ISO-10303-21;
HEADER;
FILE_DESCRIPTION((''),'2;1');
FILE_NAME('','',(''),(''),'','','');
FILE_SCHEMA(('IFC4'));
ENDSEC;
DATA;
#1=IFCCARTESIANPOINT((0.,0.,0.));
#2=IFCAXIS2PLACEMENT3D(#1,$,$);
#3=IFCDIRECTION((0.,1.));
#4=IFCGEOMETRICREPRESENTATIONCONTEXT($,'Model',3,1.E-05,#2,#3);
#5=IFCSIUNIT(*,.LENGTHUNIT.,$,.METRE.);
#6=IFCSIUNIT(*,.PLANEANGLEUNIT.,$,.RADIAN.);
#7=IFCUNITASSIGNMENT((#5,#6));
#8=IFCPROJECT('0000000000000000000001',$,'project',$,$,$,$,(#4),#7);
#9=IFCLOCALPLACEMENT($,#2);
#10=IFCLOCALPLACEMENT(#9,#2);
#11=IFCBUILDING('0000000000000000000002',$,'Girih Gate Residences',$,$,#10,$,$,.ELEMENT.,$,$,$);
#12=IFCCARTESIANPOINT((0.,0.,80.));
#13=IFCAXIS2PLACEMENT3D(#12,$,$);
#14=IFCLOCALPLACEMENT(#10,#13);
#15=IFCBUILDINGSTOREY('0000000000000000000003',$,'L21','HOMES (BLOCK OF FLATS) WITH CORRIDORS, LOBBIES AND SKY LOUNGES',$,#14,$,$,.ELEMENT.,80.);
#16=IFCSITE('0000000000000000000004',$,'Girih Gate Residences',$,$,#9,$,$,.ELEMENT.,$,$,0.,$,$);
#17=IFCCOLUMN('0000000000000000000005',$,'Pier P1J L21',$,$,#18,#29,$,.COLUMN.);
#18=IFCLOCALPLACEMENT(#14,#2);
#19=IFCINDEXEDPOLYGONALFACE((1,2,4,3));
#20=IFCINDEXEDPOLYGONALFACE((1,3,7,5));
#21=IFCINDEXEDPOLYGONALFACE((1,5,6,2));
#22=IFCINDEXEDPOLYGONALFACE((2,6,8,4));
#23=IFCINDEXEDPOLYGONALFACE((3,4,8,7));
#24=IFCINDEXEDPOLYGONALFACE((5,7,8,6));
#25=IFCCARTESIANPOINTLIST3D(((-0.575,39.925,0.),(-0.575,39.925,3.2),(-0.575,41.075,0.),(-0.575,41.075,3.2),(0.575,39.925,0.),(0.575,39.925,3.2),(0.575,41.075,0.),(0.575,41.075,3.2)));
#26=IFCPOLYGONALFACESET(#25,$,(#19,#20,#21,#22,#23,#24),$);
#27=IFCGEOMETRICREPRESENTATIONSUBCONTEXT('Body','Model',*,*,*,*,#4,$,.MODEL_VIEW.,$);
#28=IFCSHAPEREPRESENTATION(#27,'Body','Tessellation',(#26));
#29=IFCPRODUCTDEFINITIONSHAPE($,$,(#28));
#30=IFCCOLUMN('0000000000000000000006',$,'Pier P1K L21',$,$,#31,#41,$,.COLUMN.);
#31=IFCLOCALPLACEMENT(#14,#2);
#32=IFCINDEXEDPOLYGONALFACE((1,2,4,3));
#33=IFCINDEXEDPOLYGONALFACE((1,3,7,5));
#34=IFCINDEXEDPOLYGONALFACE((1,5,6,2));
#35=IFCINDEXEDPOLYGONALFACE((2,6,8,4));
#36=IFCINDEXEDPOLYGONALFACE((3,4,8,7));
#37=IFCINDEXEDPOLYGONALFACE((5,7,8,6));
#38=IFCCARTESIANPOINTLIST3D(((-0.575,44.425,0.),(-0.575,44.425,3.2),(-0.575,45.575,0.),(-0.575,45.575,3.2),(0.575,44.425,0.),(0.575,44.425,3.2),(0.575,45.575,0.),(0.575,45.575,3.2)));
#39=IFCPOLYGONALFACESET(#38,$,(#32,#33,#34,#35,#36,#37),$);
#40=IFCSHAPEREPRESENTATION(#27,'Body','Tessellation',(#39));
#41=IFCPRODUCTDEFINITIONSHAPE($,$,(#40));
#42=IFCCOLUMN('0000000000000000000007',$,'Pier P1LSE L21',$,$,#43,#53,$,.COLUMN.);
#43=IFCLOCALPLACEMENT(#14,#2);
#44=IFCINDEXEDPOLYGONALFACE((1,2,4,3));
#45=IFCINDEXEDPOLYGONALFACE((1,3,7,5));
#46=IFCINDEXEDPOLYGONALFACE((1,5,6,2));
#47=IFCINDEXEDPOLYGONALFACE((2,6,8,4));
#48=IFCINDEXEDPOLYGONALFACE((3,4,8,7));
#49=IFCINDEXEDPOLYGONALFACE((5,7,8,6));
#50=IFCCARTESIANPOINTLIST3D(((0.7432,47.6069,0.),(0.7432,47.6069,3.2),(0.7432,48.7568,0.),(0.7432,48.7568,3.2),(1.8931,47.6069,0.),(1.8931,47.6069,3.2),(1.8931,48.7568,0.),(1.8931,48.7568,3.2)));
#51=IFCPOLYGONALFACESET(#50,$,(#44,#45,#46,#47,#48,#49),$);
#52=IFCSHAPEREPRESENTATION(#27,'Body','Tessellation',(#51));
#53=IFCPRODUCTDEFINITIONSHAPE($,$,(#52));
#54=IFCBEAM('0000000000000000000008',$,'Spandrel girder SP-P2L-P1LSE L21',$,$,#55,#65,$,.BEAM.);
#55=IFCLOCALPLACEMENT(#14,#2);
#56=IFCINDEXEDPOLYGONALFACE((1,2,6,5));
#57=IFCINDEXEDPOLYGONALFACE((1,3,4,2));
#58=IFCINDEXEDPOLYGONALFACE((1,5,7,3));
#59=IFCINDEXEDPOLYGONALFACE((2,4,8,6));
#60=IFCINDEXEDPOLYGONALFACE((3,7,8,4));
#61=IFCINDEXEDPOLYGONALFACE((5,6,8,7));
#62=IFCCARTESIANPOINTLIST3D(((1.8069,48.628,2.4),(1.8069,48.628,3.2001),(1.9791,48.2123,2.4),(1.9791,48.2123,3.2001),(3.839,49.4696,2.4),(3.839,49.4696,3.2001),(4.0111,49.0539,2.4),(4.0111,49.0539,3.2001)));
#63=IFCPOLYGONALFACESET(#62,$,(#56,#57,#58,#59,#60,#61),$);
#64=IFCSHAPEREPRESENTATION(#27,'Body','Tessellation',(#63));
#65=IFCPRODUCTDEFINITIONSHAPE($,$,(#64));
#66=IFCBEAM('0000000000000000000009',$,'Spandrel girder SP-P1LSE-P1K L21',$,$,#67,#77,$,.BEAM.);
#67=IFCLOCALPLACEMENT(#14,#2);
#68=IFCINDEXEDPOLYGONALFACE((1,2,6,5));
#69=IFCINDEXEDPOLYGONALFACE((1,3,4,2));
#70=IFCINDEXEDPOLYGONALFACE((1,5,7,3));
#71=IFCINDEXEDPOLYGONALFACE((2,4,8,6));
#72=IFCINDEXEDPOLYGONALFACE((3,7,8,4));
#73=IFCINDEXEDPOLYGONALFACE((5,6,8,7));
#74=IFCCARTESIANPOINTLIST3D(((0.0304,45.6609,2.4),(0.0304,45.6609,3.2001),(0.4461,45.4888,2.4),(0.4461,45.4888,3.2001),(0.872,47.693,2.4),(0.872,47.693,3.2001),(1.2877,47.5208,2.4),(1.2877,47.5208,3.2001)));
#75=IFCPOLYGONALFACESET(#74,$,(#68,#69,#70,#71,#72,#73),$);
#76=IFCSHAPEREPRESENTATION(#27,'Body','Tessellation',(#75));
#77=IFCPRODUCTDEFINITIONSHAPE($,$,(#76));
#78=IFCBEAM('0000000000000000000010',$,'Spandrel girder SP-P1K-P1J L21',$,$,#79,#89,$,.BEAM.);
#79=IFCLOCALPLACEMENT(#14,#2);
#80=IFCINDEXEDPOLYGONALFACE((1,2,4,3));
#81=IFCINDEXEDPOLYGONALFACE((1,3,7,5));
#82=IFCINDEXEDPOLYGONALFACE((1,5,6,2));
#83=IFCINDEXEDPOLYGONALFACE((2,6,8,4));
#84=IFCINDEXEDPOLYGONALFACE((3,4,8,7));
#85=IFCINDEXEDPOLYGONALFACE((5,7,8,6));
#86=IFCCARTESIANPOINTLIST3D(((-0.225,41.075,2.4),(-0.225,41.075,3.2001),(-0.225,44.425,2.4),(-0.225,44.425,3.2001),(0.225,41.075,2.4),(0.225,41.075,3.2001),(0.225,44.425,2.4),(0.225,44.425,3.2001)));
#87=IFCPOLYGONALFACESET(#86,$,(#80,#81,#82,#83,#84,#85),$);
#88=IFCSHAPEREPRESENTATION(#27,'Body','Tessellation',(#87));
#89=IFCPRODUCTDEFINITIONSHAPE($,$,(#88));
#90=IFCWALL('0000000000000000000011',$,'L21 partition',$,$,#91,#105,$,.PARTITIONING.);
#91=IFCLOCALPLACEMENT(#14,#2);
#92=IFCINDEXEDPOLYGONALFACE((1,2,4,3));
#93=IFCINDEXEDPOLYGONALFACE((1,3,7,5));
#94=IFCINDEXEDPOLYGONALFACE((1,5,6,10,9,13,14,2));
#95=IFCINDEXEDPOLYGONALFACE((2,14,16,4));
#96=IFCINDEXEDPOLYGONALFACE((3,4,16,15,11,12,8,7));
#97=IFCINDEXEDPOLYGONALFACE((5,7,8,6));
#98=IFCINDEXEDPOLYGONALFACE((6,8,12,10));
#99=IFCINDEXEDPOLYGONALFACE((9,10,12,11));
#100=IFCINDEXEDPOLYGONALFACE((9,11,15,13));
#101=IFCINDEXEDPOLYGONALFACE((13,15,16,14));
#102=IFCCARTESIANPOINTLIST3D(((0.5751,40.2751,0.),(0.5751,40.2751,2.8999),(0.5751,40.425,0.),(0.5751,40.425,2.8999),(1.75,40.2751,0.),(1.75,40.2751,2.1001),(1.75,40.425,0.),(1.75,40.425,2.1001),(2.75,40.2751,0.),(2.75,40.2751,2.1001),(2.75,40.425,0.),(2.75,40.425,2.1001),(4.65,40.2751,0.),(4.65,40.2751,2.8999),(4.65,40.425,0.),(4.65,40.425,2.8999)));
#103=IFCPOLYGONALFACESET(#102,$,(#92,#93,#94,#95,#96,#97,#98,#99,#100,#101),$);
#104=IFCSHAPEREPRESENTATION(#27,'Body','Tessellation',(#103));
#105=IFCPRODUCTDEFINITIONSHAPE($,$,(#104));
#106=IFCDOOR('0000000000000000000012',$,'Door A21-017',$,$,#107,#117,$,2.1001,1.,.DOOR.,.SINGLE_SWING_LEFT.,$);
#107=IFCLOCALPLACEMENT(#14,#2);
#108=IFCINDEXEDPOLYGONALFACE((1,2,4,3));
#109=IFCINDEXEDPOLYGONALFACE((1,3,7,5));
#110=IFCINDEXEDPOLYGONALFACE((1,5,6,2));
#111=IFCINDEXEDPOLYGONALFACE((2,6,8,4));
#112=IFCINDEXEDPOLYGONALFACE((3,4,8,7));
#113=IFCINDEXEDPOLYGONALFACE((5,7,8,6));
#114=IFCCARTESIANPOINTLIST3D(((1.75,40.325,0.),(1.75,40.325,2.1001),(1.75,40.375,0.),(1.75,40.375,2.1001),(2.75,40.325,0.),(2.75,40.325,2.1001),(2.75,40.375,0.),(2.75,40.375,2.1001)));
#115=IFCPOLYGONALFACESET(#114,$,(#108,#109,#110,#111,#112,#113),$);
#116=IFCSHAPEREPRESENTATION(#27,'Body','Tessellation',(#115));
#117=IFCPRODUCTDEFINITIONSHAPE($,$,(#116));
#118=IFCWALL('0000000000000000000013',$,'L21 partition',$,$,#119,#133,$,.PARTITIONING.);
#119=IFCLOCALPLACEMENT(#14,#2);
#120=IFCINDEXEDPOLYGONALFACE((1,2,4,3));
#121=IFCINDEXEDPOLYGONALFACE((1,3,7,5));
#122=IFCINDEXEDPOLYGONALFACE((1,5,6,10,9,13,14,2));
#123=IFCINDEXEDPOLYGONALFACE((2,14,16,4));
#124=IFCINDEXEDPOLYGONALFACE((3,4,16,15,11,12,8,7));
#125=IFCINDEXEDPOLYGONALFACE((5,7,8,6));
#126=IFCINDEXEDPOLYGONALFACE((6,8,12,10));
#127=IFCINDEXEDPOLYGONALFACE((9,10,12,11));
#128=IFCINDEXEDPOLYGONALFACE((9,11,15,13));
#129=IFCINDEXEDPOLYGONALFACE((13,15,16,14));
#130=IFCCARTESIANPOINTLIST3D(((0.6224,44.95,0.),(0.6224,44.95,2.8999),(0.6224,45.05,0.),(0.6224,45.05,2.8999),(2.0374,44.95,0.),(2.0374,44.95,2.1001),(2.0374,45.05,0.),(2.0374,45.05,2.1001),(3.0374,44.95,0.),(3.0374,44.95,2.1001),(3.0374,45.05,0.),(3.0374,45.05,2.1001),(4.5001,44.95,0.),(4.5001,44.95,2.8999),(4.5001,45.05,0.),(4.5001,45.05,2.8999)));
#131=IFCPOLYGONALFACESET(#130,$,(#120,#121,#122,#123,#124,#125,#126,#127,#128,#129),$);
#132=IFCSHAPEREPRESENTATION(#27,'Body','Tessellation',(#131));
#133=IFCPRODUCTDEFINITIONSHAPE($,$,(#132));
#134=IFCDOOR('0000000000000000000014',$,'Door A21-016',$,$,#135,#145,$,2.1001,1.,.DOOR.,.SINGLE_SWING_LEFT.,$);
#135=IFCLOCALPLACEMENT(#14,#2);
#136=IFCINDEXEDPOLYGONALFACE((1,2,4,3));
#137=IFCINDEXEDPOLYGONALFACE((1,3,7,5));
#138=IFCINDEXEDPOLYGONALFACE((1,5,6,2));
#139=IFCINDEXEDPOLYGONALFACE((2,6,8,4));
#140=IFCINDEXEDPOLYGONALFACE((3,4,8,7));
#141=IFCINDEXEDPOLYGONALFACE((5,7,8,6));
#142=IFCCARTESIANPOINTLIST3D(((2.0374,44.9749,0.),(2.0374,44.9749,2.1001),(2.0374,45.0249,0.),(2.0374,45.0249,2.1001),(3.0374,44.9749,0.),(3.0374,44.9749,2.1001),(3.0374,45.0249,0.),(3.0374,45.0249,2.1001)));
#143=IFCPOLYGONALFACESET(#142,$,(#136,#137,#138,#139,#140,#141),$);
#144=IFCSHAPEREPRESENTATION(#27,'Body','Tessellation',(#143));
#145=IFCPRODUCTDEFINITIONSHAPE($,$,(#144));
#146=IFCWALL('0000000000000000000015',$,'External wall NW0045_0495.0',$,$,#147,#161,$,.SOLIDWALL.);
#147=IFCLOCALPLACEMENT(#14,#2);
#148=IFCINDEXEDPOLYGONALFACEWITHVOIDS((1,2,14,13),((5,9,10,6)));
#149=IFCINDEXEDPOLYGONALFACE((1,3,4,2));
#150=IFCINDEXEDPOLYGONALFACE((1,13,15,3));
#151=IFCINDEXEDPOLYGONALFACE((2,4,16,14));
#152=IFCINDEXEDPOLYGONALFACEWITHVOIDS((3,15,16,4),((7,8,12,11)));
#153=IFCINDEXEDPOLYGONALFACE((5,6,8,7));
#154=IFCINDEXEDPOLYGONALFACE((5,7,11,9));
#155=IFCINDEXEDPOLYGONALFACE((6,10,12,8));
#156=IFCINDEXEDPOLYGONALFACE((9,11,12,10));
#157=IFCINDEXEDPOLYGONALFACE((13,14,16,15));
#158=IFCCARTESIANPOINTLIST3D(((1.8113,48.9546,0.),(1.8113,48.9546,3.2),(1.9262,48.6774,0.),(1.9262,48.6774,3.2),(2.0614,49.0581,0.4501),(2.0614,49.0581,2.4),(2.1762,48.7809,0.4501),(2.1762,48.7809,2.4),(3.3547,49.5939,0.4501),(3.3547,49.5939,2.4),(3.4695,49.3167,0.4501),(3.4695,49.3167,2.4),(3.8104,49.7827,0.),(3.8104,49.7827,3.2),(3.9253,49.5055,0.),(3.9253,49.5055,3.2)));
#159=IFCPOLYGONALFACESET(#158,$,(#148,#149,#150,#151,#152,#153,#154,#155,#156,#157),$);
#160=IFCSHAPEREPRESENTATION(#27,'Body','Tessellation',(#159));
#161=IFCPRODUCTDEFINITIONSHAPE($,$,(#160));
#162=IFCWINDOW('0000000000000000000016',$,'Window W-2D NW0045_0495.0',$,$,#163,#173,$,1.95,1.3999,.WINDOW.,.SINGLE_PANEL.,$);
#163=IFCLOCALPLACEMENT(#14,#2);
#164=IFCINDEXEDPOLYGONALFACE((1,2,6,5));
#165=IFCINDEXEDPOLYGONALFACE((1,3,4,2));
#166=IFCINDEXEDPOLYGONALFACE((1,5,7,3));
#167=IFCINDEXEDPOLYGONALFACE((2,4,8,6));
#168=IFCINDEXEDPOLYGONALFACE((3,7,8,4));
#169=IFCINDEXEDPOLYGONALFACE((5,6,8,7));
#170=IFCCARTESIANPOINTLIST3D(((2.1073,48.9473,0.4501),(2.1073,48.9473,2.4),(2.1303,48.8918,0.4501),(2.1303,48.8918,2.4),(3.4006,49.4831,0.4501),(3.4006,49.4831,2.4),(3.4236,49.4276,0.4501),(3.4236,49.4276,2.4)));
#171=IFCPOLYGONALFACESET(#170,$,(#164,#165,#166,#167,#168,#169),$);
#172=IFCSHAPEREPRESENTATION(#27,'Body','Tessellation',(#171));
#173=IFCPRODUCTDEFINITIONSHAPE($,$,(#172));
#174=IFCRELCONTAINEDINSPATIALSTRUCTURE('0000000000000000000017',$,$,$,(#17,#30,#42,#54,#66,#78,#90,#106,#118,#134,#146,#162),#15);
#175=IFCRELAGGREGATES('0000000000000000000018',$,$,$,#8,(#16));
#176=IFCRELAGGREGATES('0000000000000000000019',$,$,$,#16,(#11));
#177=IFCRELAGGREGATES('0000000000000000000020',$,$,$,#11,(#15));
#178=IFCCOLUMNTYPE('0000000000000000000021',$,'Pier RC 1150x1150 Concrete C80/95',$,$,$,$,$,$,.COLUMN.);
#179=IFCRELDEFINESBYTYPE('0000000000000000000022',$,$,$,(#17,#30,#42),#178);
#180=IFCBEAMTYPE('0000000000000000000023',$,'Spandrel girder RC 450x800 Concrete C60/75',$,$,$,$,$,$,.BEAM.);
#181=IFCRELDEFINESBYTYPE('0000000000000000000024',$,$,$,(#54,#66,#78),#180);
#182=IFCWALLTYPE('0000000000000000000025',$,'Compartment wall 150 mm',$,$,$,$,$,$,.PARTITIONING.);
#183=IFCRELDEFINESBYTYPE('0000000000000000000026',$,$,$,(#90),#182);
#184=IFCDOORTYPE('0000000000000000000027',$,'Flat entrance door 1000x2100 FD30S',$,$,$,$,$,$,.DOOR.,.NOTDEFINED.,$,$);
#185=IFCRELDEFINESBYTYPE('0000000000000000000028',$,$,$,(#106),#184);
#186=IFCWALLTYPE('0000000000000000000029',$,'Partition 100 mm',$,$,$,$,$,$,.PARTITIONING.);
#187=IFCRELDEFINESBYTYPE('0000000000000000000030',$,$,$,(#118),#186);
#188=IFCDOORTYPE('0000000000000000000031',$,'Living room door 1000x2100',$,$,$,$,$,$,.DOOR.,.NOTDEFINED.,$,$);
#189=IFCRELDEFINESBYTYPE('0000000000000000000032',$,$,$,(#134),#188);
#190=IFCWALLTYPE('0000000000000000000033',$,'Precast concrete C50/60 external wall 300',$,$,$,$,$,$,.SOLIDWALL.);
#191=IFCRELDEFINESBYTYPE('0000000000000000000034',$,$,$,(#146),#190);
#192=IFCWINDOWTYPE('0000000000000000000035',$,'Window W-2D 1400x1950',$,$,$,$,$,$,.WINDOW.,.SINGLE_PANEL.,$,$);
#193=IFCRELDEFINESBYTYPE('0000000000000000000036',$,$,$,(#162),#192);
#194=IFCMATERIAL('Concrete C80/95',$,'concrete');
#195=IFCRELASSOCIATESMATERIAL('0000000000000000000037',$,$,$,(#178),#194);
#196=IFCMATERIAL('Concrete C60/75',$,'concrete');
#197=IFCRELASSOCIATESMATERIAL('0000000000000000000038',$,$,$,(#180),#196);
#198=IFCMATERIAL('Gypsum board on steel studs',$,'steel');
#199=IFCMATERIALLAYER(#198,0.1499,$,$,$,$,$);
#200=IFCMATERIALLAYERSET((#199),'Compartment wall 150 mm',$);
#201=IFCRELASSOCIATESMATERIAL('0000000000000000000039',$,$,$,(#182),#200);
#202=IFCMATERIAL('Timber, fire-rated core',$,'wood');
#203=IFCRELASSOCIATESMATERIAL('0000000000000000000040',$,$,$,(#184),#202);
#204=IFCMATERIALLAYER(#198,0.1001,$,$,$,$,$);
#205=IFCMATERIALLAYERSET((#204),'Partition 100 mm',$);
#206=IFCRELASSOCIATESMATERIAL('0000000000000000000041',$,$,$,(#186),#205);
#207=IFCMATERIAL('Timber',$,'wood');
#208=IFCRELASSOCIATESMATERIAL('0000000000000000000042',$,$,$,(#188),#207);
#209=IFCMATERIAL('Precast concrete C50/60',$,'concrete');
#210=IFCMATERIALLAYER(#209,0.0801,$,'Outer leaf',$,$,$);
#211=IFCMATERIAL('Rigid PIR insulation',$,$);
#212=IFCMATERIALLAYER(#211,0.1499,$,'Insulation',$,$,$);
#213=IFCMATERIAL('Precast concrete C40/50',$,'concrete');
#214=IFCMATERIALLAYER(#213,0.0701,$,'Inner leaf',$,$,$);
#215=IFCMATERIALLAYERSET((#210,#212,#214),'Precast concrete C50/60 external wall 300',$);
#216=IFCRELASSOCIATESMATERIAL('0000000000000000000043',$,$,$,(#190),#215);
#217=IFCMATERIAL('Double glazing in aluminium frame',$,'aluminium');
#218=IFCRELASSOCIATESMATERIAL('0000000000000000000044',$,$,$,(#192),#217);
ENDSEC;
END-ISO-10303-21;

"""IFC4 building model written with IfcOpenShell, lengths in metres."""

from ifc_helpers import new_model, si_unit, direction, frame, frame_2d, origin, origin_2d, place, context, subcontext, project, spatial, rectangle, extrude, material, layer, layer_set, material_profile, profile_set, type_object, element, fill, save


model = new_model("IFC4")

# Units and contexts
model_context = context("Model", 3, precision=1e-05, world=origin(), true_north=direction((0.0, 1.0)))
body_context = subcontext(model_context, "Body", "Model", "MODEL_VIEW")
ifc_project = project(units=[si_unit("LENGTHUNIT", "METRE"), si_unit("PLANEANGLEUNIT", "RADIAN")], contexts=[model_context])

# Site, building, storey
site_placement = place(None, origin())
site = spatial("IfcSite", under=ifc_project, at=site_placement, Name="Girih Gate Residences", CompositionType="ELEMENT", RefElevation=0.0)
building_placement = place(site_placement, origin())
building = spatial("IfcBuilding", under=site, at=building_placement, Name="Girih Gate Residences", CompositionType="ELEMENT")
storey_placement = place(building_placement, frame((0.0, 0.0, 80.0)))
storey = spatial("IfcBuildingStorey", under=building, at=storey_placement, Name="L21", Description="HOMES (BLOCK OF FLATS) WITH CORRIDORS, LOBBIES AND SKY LOUNGES", CompositionType="ELEMENT", Elevation=80.0)

# Columns
ifc_material_1 = material(Name="Concrete C80/95", Category="concrete")
ifc_material_profile_1 = material_profile(ifc_material_1, rectangle(XDim=1.1499, YDim=1.1499, at=origin_2d()))
ifc_profile_set_1 = profile_set([ifc_material_profile_1], Name="Concrete C80/95")
column_type = type_object("IfcColumnType", Name="Pier RC 1150x1150 Concrete C80/95", PredefinedType="COLUMN", material=ifc_profile_set_1)
for number, where, z_axis, x_axis, name in (
    (1, (0.0, 40.5, 0.0), (0.0, 0.0, 1.0), (1.0, 0.0, 0.0), "Pier P1J L21"),
    (2, (0.0, 45.0, 0.0), (0.0, 0.0, 1.0), (1.0, 0.0, 0.0), "Pier P1K L21"),
    (3, (1.3181, 48.1819, 0.0), (0.0, 0.0, 1.0), (1.0, 0.0, 0.0), "Pier P1LSE L21"),
):
    element("IfcColumn", number, at=place(storey_placement, frame(where, z_axis=z_axis, x_axis=x_axis)), inside=storey, type_object=column_type, Name=name, PredefinedType="COLUMN", context=body_context, shape_type="SweptSolid", body=[
        extrude(rectangle(XDim=1.1499, YDim=1.1499, at=origin_2d()), origin(), (0.0, 0.0, 1.0), 3.2),
    ])

# Beams
ifc_material_2 = material(Name="Concrete C60/75", Category="concrete")
ifc_material_profile_2 = material_profile(ifc_material_2, rectangle(XDim=0.45, YDim=0.8, at=origin_2d()))
ifc_profile_set_2 = profile_set([ifc_material_profile_2], Name="Concrete C60/75")
beam_type = type_object("IfcBeamType", Name="Spandrel girder RC 450x800 Concrete C60/75", PredefinedType="BEAM", material=ifc_profile_set_2)
for number, where, z_axis, x_axis, name in (
    (4, (3.925, 49.2617, 2.8), (-0.923899, -0.382636, 0.0), (0.382636, -0.923899, 0.0), "Spandrel girder SP-P2L-P1LSE L21"),
    (5, (1.0798, 47.6069, 2.8), (-0.382636, -0.923899, 0.0), (0.923899, -0.382636, 0.0), "Spandrel girder SP-P1LSE-P1K L21"),
):
    element("IfcBeam", number, at=place(storey_placement, frame(where, z_axis=z_axis, x_axis=x_axis)), inside=storey, type_object=beam_type, Name=name, PredefinedType="BEAM", context=body_context, shape_type="SweptSolid", body=[
        extrude(rectangle(XDim=0.45, YDim=0.8, at=origin_2d()), origin(), (0.0, 0.0, 1.0), 2.1995),
    ])
beam_placement = place(storey_placement, frame((0.0, 44.425, 2.8), z_axis=(0.0, -1.0, 0.0), x_axis=(1.0, 0.0, 0.0)))
element("IfcBeam", 6, at=beam_placement, inside=storey, type_object=beam_type, Name="Spandrel girder SP-P1K-P1J L21", PredefinedType="BEAM", context=body_context, shape_type="SweptSolid", body=[
    extrude(rectangle(XDim=0.45, YDim=0.8, at=origin_2d()), origin(), (0.0, 0.0, 1.0), 3.3501),
])

# Walls, openings, doors
ifc_material_3 = material(Name="Gypsum board on steel studs", Category="steel")
ifc_layer_1 = layer(ifc_material_3, 0.1499)
ifc_layer_set_1 = layer_set([ifc_layer_1], Name="Compartment wall 150 mm")
wall_type_1 = type_object("IfcWallType", Name="Compartment wall 150 mm", PredefinedType="PARTITIONING", material=ifc_layer_set_1)
wall_1_placement = place(storey_placement, frame((0.575, 40.3501, 0.0), z_axis=(0.0, 0.0, 1.0), x_axis=(1.0, 0.0, 0.0)))
wall_1 = element("IfcWall", 7, at=wall_1_placement, inside=storey, type_object=wall_type_1, Name="L21 partition", PredefinedType="PARTITIONING", context=body_context, shape_type="SweptSolid", body=[
    extrude(rectangle(XDim=4.075, YDim=0.1499, at=frame_2d((2.0376, 0.0))), origin(), (0.0, 0.0, 1.0), 2.8999),
])
opening_1_placement = place(wall_1_placement, frame((1.175, 0.0, 0.0)))
opening_1 = element("IfcOpeningElement", 8, at=opening_1_placement, cuts=wall_1, PredefinedType="OPENING", context=body_context, shape_type="SweptSolid", body=[
    extrude(rectangle(XDim=1.0, YDim=2.1001, at=frame_2d((0.5, 1.05))), frame((0.0, 0.085, 0.0), z_axis=(0.0, -1.0, 0.0), x_axis=(1.0, 0.0, 0.0)), (0.0, 0.0, 1.0), 0.1699),
])
ifc_material_4 = material(Name="Timber, fire-rated core", Category="wood")
door_type_1 = type_object("IfcDoorType", Name="Flat entrance door 1000x2100 FD30S", OperationType="NOTDEFINED", PredefinedType="DOOR", material=ifc_material_4)
door_1_placement = place(opening_1_placement, origin())
door_1 = element("IfcDoor", 9, at=door_1_placement, inside=storey, type_object=door_type_1, Name="Door A21-017", OperationType="SINGLE_SWING_LEFT", OverallHeight=2.1001, OverallWidth=1.0, PredefinedType="DOOR", context=body_context, shape_type="SweptSolid", body=[
    extrude(rectangle(XDim=1.0, YDim=2.1001, at=frame_2d((0.5, 1.05))), frame((0.0, 0.0249, 0.0), z_axis=(0.0, -1.0, 0.0), x_axis=(1.0, 0.0, 0.0)), (0.0, 0.0, 1.0), 0.05),
])
fill(opening_1, door_1)
ifc_layer_2 = layer(ifc_material_3, 0.1001)
ifc_layer_set_2 = layer_set([ifc_layer_2], Name="Partition 100 mm")
wall_type_2 = type_object("IfcWallType", Name="Partition 100 mm", PredefinedType="PARTITIONING", material=ifc_layer_set_2)
wall_2_placement = place(storey_placement, frame((0.6223, 45.0, 0.0), z_axis=(0.0, 0.0, 1.0), x_axis=(1.0, 0.0, 0.0)))
wall_2 = element("IfcWall", 10, at=wall_2_placement, inside=storey, type_object=wall_type_2, Name="L21 partition", PredefinedType="PARTITIONING", context=body_context, shape_type="SweptSolid", body=[
    extrude(rectangle(XDim=3.8777, YDim=0.1001, at=frame_2d((1.939, 0.0))), origin(), (0.0, 0.0, 1.0), 2.8999),
])
opening_2_placement = place(wall_2_placement, frame((1.415, 0.0, 0.0)))
opening_2 = element("IfcOpeningElement", 11, at=opening_2_placement, cuts=wall_2, PredefinedType="OPENING", context=body_context, shape_type="SweptSolid", body=[
    extrude(rectangle(XDim=1.0, YDim=2.1001, at=frame_2d((0.5, 1.05))), frame((0.0, 0.0601, 0.0), z_axis=(0.0, -1.0, 0.0), x_axis=(1.0, 0.0, 0.0)), (0.0, 0.0, 1.0), 0.1201),
])
ifc_material_5 = material(Name="Timber", Category="wood")
door_type_2 = type_object("IfcDoorType", Name="Living room door 1000x2100", OperationType="NOTDEFINED", PredefinedType="DOOR", material=ifc_material_5)
door_2_placement = place(opening_2_placement, origin())
door_2 = element("IfcDoor", 12, at=door_2_placement, inside=storey, type_object=door_type_2, Name="Door A21-016", OperationType="SINGLE_SWING_LEFT", OverallHeight=2.1001, OverallWidth=1.0, PredefinedType="DOOR", context=body_context, shape_type="SweptSolid", body=[
    extrude(rectangle(XDim=1.0, YDim=2.1001, at=frame_2d((0.5, 1.05))), frame((0.0, 0.0249, 0.0), z_axis=(0.0, -1.0, 0.0), x_axis=(1.0, 0.0, 0.0)), (0.0, 0.0, 1.0), 0.05),
])
fill(opening_2, door_2)

# Wall, opening, window
ifc_material_6 = material(Name="Precast concrete C50/60", Category="concrete")
ifc_layer_3 = layer(ifc_material_6, 0.0801, Name="Outer leaf")
ifc_material_7 = material(Name="Rigid PIR insulation")
ifc_layer_4 = layer(ifc_material_7, 0.1499, Name="Insulation")
ifc_material_8 = material(Name="Precast concrete C40/50", Category="concrete")
ifc_layer_5 = layer(ifc_material_8, 0.0701, Name="Inner leaf")
ifc_layer_set_3 = layer_set([ifc_layer_3, ifc_layer_4, ifc_layer_5], Name="Precast concrete C50/60 external wall 300")
wall_type_3 = type_object("IfcWallType", Name="Precast concrete C50/60 external wall 300", PredefinedType="SOLIDWALL", material=ifc_layer_set_3)
wall_3_placement = place(storey_placement, frame((1.8687, 48.8159, 0.0), z_axis=(0.0, 0.0, 1.0), x_axis=(0.923863, 0.382724, 0.0)))
wall_3 = element("IfcWall", 13, at=wall_3_placement, inside=storey, type_object=wall_type_3, Name="External wall NW0045_0495.0", PredefinedType="SOLIDWALL", context=body_context, shape_type="SweptSolid", body=[
    extrude(rectangle(XDim=2.1638, YDim=0.3, at=frame_2d((1.082, 0.0))), origin(), (0.0, 0.0, 1.0), 3.2),
])
opening_3_placement = place(wall_3_placement, frame((0.2708, 0.0, 0.45)))
opening_3 = element("IfcOpeningElement", 14, at=opening_3_placement, cuts=wall_3, PredefinedType="OPENING", context=body_context, shape_type="SweptSolid", body=[
    extrude(rectangle(XDim=1.3999, YDim=1.95, at=frame_2d((0.7, 0.9751))), frame((0.0, 0.1599, 0.0), z_axis=(0.0, -1.0, 0.0), x_axis=(1.0, 0.0, 0.0)), (0.0, 0.0, 1.0), 0.3201),
])
ifc_material_9 = material(Name="Double glazing in aluminium frame", Category="aluminium")
window_type_1 = type_object("IfcWindowType", Name="Window W-2D 1400x1950", PartitioningType="SINGLE_PANEL", PredefinedType="WINDOW", material=ifc_material_9)
window_1_placement = place(opening_3_placement, origin())
window_1 = element("IfcWindow", 15, at=window_1_placement, inside=storey, type_object=window_type_1, Name="Window W-2D NW0045_0495.0", OverallHeight=1.95, OverallWidth=1.3999, PartitioningType="SINGLE_PANEL", PredefinedType="WINDOW", context=body_context, shape_type="SweptSolid", body=[
    extrude(rectangle(XDim=1.3999, YDim=1.95, at=frame_2d((0.7, 0.9751))), frame((0.0, 0.03, 0.0), z_axis=(0.0, -1.0, 0.0), x_axis=(1.0, 0.0, 0.0)), (0.0, 0.0, 1.0), 0.0601),
])
fill(opening_3, window_1)

save(model, "model.ifc")
